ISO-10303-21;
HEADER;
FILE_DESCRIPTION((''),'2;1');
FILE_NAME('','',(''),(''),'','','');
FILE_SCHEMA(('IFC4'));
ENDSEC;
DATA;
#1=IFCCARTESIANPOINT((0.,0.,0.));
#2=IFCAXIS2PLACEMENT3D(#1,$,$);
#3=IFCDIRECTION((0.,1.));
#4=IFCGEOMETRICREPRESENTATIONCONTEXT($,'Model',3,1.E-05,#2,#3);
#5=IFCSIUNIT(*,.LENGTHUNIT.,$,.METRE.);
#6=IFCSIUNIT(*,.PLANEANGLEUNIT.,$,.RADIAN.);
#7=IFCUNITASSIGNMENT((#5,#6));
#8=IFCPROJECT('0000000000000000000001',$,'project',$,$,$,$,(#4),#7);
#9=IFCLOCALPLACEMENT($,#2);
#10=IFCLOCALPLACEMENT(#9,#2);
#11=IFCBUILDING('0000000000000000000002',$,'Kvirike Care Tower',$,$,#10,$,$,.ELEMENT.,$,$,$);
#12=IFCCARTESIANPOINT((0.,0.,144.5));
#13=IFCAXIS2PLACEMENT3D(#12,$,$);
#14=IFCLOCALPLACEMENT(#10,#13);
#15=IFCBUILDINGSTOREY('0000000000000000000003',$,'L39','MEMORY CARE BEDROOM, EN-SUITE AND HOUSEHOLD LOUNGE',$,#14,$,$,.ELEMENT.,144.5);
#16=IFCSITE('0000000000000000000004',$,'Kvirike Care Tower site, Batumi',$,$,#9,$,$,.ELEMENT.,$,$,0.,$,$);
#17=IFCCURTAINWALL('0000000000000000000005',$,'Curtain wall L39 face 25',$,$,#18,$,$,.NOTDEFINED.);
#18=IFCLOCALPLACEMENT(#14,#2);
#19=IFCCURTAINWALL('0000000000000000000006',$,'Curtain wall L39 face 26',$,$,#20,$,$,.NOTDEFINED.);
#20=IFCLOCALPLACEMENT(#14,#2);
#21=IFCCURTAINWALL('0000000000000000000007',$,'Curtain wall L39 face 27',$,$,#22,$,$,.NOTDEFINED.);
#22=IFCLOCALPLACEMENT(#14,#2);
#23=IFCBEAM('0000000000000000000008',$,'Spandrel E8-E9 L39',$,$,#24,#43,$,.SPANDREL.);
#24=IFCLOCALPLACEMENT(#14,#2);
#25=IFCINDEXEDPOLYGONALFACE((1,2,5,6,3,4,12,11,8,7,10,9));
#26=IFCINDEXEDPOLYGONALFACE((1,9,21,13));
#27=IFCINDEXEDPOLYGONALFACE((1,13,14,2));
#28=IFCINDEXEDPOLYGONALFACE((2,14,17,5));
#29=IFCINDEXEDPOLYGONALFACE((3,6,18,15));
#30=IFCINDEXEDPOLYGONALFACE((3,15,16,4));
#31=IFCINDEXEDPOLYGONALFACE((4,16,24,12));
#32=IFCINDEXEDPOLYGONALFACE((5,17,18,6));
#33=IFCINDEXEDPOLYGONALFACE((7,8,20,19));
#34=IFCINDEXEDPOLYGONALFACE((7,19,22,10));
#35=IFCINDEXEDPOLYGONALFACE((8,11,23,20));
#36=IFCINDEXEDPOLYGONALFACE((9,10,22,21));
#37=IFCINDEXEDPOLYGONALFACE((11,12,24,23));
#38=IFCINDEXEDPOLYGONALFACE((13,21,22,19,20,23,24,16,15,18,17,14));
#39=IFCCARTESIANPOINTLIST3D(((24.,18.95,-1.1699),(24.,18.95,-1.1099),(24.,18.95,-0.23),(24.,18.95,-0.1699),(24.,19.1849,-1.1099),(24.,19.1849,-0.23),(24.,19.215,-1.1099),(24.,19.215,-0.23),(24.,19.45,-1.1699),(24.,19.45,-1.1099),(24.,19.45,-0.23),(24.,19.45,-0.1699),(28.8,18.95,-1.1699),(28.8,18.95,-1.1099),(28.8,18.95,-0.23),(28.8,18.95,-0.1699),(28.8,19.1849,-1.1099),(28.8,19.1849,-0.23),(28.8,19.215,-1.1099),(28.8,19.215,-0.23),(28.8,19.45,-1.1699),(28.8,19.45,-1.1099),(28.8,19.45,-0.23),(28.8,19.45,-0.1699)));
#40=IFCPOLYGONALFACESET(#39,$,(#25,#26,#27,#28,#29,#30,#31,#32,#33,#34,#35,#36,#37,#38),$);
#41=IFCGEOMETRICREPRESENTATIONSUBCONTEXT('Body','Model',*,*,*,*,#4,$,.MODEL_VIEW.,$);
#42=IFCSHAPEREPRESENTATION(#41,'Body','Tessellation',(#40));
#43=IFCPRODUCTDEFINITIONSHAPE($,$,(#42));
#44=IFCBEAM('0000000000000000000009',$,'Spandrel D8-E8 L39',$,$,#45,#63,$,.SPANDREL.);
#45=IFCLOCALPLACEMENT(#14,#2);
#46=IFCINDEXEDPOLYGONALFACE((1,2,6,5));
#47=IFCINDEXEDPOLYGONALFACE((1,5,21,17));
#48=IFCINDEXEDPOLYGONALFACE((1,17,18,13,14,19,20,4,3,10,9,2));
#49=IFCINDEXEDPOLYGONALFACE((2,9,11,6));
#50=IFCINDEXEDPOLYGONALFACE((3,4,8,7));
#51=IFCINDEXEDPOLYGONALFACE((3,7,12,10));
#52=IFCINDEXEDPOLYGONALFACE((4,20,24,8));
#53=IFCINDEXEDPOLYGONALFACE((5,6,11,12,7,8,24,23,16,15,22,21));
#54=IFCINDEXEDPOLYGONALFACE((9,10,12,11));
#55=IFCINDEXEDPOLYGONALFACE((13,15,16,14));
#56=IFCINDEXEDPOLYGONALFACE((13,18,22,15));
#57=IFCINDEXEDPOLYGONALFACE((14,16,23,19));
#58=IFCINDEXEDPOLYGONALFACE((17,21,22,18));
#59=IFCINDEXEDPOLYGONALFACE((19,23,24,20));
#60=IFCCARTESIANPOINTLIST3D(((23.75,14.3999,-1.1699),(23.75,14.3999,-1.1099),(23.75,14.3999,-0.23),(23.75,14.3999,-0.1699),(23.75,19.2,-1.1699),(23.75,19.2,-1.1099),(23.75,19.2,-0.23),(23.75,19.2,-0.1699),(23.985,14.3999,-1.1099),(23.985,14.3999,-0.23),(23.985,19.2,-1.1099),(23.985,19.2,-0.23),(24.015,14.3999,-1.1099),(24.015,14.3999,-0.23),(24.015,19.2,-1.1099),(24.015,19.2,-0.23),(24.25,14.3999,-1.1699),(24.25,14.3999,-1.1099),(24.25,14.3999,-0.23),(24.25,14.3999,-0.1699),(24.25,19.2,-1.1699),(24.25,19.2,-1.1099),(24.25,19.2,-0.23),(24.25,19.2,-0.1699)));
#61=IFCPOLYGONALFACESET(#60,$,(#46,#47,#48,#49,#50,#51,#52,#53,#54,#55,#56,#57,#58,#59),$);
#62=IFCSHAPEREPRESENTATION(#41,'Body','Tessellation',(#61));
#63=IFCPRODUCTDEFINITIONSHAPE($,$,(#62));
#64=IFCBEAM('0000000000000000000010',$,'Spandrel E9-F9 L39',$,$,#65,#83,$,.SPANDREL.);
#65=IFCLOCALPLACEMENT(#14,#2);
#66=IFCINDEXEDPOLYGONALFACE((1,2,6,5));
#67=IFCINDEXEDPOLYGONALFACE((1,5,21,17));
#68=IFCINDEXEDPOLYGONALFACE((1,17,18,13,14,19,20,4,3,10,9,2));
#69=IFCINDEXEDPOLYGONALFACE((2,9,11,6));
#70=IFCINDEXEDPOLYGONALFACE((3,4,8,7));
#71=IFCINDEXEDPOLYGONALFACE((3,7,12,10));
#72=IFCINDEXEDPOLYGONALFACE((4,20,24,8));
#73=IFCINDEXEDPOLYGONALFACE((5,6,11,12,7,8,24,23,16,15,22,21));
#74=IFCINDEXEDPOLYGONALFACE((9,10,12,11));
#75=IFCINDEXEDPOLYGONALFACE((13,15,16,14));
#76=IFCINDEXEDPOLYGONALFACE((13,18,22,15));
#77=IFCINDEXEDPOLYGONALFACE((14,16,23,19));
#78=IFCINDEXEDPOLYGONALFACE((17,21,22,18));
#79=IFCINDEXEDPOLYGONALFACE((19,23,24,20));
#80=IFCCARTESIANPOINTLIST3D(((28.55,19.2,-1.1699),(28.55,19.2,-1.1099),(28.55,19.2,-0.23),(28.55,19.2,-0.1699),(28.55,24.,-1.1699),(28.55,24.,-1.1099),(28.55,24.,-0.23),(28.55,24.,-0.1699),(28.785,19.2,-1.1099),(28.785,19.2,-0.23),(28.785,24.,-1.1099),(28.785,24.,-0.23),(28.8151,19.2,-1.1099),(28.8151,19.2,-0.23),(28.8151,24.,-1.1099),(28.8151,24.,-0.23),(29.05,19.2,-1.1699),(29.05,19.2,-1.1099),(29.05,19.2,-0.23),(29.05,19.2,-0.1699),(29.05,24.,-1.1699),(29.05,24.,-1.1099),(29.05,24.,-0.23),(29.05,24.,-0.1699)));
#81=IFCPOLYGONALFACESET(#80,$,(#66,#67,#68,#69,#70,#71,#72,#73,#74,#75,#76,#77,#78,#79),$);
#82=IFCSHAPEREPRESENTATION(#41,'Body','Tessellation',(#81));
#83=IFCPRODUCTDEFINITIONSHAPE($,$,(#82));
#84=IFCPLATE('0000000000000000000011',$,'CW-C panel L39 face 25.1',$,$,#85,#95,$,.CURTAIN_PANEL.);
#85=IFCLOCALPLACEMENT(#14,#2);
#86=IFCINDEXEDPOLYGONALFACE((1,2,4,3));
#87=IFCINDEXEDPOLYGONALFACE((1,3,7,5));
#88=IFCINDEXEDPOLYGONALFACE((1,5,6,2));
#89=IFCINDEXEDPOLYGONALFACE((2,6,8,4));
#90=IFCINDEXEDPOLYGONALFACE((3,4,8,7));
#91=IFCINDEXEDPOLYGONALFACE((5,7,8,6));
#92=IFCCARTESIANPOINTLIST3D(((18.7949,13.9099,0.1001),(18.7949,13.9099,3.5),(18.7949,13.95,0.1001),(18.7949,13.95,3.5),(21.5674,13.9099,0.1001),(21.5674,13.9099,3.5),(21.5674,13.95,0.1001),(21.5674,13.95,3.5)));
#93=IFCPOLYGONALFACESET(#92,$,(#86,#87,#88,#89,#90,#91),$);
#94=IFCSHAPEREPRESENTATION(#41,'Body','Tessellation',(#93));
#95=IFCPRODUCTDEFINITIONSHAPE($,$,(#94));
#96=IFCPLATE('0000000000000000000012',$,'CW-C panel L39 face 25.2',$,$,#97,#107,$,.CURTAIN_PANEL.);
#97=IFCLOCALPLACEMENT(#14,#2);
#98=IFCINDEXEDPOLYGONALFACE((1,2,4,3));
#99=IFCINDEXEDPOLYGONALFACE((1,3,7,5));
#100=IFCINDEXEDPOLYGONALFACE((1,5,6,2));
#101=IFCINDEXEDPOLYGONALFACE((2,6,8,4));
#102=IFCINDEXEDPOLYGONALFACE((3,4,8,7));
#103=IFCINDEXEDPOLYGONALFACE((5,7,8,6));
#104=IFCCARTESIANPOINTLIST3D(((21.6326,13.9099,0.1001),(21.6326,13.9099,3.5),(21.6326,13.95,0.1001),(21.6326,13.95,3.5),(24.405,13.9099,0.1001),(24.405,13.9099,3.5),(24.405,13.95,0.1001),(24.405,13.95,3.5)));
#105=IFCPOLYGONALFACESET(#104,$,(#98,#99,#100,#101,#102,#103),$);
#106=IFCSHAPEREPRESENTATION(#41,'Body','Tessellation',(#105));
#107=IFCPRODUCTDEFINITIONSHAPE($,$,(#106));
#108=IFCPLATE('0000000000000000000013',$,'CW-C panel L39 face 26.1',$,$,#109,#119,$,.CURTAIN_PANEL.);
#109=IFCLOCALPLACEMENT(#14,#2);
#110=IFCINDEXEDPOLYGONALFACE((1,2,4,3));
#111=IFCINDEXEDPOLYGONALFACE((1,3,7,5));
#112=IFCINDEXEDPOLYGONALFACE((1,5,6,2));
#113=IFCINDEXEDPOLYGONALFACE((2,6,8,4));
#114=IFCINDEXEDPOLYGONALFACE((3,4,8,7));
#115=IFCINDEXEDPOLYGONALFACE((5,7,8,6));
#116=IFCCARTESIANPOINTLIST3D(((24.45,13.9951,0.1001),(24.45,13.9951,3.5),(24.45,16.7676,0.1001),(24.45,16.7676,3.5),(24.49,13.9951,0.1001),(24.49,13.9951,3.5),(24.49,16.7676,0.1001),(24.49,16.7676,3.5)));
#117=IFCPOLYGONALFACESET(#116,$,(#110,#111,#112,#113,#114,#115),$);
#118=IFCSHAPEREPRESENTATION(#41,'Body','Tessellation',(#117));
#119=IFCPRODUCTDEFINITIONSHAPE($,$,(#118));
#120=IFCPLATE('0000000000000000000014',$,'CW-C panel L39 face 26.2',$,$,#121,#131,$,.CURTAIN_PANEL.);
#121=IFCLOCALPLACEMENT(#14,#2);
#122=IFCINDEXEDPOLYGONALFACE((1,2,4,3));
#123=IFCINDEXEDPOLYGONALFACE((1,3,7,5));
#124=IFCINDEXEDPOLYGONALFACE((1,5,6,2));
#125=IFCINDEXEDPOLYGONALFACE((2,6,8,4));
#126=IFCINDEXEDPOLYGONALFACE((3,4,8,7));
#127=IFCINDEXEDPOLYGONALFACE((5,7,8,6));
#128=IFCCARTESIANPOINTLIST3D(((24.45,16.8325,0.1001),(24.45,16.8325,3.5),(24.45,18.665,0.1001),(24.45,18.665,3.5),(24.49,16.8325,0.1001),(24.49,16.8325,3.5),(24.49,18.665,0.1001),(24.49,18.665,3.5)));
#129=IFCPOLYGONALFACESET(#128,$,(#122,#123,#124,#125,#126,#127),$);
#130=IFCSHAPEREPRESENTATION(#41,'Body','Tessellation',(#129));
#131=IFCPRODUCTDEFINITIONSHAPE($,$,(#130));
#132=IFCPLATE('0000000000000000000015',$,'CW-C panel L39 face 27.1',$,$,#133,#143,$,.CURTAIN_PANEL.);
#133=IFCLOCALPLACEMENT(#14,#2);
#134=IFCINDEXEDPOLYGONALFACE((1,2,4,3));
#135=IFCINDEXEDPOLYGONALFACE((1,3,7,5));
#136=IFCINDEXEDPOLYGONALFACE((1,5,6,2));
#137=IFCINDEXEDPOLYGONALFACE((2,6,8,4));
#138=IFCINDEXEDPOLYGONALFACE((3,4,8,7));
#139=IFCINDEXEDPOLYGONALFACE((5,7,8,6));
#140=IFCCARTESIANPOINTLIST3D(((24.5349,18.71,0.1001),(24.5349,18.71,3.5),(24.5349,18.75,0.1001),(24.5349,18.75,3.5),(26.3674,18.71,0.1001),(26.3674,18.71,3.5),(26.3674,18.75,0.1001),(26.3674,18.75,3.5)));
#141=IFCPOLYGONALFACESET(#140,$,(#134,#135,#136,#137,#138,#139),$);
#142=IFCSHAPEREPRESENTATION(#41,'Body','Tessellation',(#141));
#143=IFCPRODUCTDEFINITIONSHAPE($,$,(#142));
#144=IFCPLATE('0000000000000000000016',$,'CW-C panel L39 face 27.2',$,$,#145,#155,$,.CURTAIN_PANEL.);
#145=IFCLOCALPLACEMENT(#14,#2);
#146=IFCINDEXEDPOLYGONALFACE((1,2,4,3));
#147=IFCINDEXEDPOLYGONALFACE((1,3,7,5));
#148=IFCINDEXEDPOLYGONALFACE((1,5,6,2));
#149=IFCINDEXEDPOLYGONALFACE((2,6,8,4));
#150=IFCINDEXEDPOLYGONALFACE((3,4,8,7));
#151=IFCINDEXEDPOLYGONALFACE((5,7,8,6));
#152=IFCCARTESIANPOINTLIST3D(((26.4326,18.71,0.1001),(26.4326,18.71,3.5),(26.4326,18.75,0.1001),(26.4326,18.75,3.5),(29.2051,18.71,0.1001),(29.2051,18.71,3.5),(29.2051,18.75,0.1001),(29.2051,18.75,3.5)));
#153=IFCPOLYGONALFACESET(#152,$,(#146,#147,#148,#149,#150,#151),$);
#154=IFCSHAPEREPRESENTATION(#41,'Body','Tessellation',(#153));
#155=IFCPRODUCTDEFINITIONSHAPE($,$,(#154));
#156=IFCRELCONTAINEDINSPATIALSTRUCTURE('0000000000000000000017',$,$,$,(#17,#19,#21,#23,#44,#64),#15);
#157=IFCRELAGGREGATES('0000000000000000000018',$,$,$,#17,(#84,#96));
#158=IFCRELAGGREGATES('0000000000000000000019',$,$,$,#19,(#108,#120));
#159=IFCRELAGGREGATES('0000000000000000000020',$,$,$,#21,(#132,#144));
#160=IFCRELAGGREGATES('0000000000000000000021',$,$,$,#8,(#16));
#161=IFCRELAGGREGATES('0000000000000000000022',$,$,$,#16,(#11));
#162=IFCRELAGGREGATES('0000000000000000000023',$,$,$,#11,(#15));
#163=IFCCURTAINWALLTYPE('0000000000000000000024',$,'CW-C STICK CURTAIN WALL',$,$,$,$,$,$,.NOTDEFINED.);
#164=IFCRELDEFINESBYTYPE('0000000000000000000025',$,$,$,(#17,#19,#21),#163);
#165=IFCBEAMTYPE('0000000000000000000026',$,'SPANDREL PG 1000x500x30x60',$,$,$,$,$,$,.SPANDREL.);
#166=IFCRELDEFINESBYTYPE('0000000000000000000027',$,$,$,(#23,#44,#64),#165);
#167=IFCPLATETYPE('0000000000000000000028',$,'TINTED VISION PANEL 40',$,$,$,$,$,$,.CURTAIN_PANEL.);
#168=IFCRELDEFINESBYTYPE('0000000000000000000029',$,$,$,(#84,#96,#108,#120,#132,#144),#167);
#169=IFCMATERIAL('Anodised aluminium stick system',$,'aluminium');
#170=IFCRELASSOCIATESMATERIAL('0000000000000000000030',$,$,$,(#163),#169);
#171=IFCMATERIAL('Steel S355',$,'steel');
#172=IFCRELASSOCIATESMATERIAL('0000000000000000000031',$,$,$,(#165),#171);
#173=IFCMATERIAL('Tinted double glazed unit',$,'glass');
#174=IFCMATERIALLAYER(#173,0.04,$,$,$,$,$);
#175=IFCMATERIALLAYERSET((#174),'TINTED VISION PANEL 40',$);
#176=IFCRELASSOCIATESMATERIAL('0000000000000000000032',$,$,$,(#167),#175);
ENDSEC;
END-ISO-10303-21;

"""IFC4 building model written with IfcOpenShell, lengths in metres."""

from ifc_helpers import new_model, si_unit, direction, frame, origin, origin_2d, place, context, subcontext, project, spatial, rectangle, i_section, extrude, material, layer, layer_set, material_profile, profile_set, type_object, element, aggregate, save


model = new_model("IFC4")

# Units and contexts
model_context = context("Model", 3, precision=1e-05, world=origin(), true_north=direction((0.0, 1.0)))
body_context = subcontext(model_context, "Body", "Model", "MODEL_VIEW")
ifc_project = project(units=[si_unit("LENGTHUNIT", "METRE"), si_unit("PLANEANGLEUNIT", "RADIAN")], contexts=[model_context])

# Site, building, storey
site_placement = place(None, origin())
site = spatial("IfcSite", under=ifc_project, at=site_placement, Name="Kvirike Care Tower site, Batumi", CompositionType="ELEMENT", RefElevation=0.0)
building_placement = place(site_placement, origin())
building = spatial("IfcBuilding", under=site, at=building_placement, Name="Kvirike Care Tower", CompositionType="ELEMENT")
storey_placement = place(building_placement, frame((0.0, 0.0, 144.5)))
storey = spatial("IfcBuildingStorey", under=building, at=storey_placement, Name="L39", Description="MEMORY CARE BEDROOM, EN-SUITE AND HOUSEHOLD LOUNGE", CompositionType="ELEMENT", Elevation=144.5)

# Curtain walls
ifc_material_1 = material(Name="Anodised aluminium stick system", Category="aluminium")
curtain_wall_type = type_object("IfcCurtainWallType", Name="CW-C STICK CURTAIN WALL", PredefinedType="NOTDEFINED", material=ifc_material_1)
curtain_wall_1_placement = place(storey_placement, origin())
curtain_wall_1 = element("IfcCurtainWall", 1, at=curtain_wall_1_placement, inside=storey, type_object=curtain_wall_type, Name="Curtain wall L39 face 25", PredefinedType="NOTDEFINED")
curtain_wall_2_placement = place(storey_placement, origin())
curtain_wall_2 = element("IfcCurtainWall", 2, at=curtain_wall_2_placement, inside=storey, type_object=curtain_wall_type, Name="Curtain wall L39 face 26", PredefinedType="NOTDEFINED")
curtain_wall_3_placement = place(storey_placement, origin())
curtain_wall_3 = element("IfcCurtainWall", 3, at=curtain_wall_3_placement, inside=storey, type_object=curtain_wall_type, Name="Curtain wall L39 face 27", PredefinedType="NOTDEFINED")

# Beams
ifc_material_2 = material(Name="Steel S355", Category="steel")
ifc_material_profile_1 = material_profile(ifc_material_2, i_section(OverallWidth=0.5, OverallDepth=1.0, WebThickness=0.03, FlangeThickness=0.0601, at=origin_2d()), Name="PG 1000x500x30x60")
ifc_profile_set_1 = profile_set([ifc_material_profile_1], Name="Steel S355")
beam_type_1 = type_object("IfcBeamType", Name="SPANDREL PG 1000x500x30x60", PredefinedType="SPANDREL", material=ifc_profile_set_1)
for number, where, z_axis, x_axis, name in (
    (4, (24.0, 19.2, -0.6699), (1.0, 0.0, 0.0), (0.0, 1.0, 0.0), "Spandrel E8-E9 L39"),
    (5, (24.0, 14.3999, -0.6699), (0.0, 1.0, 0.0), (-1.0, 0.0, 0.0), "Spandrel D8-E8 L39"),
    (6, (28.8, 19.2, -0.6699), (0.0, 1.0, 0.0), (-1.0, 0.0, 0.0), "Spandrel E9-F9 L39"),
):
    element("IfcBeam", number, at=place(storey_placement, frame(where, z_axis=z_axis, x_axis=x_axis)), inside=storey, type_object=beam_type_1, Name=name, PredefinedType="SPANDREL", context=body_context, shape_type="SweptSolid", body=[
        extrude(i_section(OverallWidth=0.5, OverallDepth=1.0, WebThickness=0.03, FlangeThickness=0.0601, at=origin_2d()), origin(), (0.0, 0.0, 1.0), 4.8),
    ])

# Plates
ifc_material_3 = material(Name="Tinted double glazed unit", Category="glass")
ifc_layer = layer(ifc_material_3, 0.04)
ifc_layer_set = layer_set([ifc_layer], Name="TINTED VISION PANEL 40")
plate_type = type_object("IfcPlateType", Name="TINTED VISION PANEL 40", PredefinedType="CURTAIN_PANEL", material=ifc_layer_set)
plate_1_placement = place(storey_placement, frame((20.1812, 13.9299, 0.1001), z_axis=(0.0, 0.0, 1.0), x_axis=(1.0, 0.0, 0.0)))
plate_1 = element("IfcPlate", 7, at=plate_1_placement, type_object=plate_type, Name="CW-C panel L39 face 25.1", PredefinedType="CURTAIN_PANEL", context=body_context, shape_type="SweptSolid", body=[
    extrude(rectangle(XDim=2.7725, YDim=0.04, at=origin_2d()), origin(), (0.0, 0.0, 1.0), 3.3999),
])
plate_2_placement = place(storey_placement, frame((23.0188, 13.9299, 0.1001), z_axis=(0.0, 0.0, 1.0), x_axis=(1.0, 0.0, 0.0)))
plate_2 = element("IfcPlate", 8, at=plate_2_placement, type_object=plate_type, Name="CW-C panel L39 face 25.2", PredefinedType="CURTAIN_PANEL", context=body_context, shape_type="SweptSolid", body=[
    extrude(rectangle(XDim=2.7725, YDim=0.04, at=origin_2d()), origin(), (0.0, 0.0, 1.0), 3.3999),
])
aggregate(curtain_wall_1, [plate_1, plate_2])
plate_3_placement = place(storey_placement, frame((24.47, 15.3813, 0.1001), z_axis=(0.0, 0.0, 1.0), x_axis=(0.0, 1.0, 0.0)))
plate_3 = element("IfcPlate", 9, at=plate_3_placement, type_object=plate_type, Name="CW-C panel L39 face 26.1", PredefinedType="CURTAIN_PANEL", context=body_context, shape_type="SweptSolid", body=[
    extrude(rectangle(XDim=2.7725, YDim=0.04, at=origin_2d()), origin(), (0.0, 0.0, 1.0), 3.3999),
])
plate_4_placement = place(storey_placement, frame((24.47, 17.7488, 0.1001), z_axis=(0.0, 0.0, 1.0), x_axis=(0.0, 1.0, 0.0)))
plate_4 = element("IfcPlate", 10, at=plate_4_placement, type_object=plate_type, Name="CW-C panel L39 face 26.2", PredefinedType="CURTAIN_PANEL", context=body_context, shape_type="SweptSolid", body=[
    extrude(rectangle(XDim=1.8325, YDim=0.04, at=origin_2d()), origin(), (0.0, 0.0, 1.0), 3.3999),
])
aggregate(curtain_wall_2, [plate_3, plate_4])
plate_5_placement = place(storey_placement, frame((25.4512, 18.73, 0.1001), z_axis=(0.0, 0.0, 1.0), x_axis=(1.0, 0.0, 0.0)))
plate_5 = element("IfcPlate", 11, at=plate_5_placement, type_object=plate_type, Name="CW-C panel L39 face 27.1", PredefinedType="CURTAIN_PANEL", context=body_context, shape_type="SweptSolid", body=[
    extrude(rectangle(XDim=1.8325, YDim=0.04, at=origin_2d()), origin(), (0.0, 0.0, 1.0), 3.3999),
])
plate_6_placement = place(storey_placement, frame((27.8188, 18.73, 0.1001), z_axis=(0.0, 0.0, 1.0), x_axis=(1.0, 0.0, 0.0)))
plate_6 = element("IfcPlate", 12, at=plate_6_placement, type_object=plate_type, Name="CW-C panel L39 face 27.2", PredefinedType="CURTAIN_PANEL", context=body_context, shape_type="SweptSolid", body=[
    extrude(rectangle(XDim=2.7725, YDim=0.04, at=origin_2d()), origin(), (0.0, 0.0, 1.0), 3.3999),
])
aggregate(curtain_wall_3, [plate_5, plate_6])

save(model, "model.ifc")
